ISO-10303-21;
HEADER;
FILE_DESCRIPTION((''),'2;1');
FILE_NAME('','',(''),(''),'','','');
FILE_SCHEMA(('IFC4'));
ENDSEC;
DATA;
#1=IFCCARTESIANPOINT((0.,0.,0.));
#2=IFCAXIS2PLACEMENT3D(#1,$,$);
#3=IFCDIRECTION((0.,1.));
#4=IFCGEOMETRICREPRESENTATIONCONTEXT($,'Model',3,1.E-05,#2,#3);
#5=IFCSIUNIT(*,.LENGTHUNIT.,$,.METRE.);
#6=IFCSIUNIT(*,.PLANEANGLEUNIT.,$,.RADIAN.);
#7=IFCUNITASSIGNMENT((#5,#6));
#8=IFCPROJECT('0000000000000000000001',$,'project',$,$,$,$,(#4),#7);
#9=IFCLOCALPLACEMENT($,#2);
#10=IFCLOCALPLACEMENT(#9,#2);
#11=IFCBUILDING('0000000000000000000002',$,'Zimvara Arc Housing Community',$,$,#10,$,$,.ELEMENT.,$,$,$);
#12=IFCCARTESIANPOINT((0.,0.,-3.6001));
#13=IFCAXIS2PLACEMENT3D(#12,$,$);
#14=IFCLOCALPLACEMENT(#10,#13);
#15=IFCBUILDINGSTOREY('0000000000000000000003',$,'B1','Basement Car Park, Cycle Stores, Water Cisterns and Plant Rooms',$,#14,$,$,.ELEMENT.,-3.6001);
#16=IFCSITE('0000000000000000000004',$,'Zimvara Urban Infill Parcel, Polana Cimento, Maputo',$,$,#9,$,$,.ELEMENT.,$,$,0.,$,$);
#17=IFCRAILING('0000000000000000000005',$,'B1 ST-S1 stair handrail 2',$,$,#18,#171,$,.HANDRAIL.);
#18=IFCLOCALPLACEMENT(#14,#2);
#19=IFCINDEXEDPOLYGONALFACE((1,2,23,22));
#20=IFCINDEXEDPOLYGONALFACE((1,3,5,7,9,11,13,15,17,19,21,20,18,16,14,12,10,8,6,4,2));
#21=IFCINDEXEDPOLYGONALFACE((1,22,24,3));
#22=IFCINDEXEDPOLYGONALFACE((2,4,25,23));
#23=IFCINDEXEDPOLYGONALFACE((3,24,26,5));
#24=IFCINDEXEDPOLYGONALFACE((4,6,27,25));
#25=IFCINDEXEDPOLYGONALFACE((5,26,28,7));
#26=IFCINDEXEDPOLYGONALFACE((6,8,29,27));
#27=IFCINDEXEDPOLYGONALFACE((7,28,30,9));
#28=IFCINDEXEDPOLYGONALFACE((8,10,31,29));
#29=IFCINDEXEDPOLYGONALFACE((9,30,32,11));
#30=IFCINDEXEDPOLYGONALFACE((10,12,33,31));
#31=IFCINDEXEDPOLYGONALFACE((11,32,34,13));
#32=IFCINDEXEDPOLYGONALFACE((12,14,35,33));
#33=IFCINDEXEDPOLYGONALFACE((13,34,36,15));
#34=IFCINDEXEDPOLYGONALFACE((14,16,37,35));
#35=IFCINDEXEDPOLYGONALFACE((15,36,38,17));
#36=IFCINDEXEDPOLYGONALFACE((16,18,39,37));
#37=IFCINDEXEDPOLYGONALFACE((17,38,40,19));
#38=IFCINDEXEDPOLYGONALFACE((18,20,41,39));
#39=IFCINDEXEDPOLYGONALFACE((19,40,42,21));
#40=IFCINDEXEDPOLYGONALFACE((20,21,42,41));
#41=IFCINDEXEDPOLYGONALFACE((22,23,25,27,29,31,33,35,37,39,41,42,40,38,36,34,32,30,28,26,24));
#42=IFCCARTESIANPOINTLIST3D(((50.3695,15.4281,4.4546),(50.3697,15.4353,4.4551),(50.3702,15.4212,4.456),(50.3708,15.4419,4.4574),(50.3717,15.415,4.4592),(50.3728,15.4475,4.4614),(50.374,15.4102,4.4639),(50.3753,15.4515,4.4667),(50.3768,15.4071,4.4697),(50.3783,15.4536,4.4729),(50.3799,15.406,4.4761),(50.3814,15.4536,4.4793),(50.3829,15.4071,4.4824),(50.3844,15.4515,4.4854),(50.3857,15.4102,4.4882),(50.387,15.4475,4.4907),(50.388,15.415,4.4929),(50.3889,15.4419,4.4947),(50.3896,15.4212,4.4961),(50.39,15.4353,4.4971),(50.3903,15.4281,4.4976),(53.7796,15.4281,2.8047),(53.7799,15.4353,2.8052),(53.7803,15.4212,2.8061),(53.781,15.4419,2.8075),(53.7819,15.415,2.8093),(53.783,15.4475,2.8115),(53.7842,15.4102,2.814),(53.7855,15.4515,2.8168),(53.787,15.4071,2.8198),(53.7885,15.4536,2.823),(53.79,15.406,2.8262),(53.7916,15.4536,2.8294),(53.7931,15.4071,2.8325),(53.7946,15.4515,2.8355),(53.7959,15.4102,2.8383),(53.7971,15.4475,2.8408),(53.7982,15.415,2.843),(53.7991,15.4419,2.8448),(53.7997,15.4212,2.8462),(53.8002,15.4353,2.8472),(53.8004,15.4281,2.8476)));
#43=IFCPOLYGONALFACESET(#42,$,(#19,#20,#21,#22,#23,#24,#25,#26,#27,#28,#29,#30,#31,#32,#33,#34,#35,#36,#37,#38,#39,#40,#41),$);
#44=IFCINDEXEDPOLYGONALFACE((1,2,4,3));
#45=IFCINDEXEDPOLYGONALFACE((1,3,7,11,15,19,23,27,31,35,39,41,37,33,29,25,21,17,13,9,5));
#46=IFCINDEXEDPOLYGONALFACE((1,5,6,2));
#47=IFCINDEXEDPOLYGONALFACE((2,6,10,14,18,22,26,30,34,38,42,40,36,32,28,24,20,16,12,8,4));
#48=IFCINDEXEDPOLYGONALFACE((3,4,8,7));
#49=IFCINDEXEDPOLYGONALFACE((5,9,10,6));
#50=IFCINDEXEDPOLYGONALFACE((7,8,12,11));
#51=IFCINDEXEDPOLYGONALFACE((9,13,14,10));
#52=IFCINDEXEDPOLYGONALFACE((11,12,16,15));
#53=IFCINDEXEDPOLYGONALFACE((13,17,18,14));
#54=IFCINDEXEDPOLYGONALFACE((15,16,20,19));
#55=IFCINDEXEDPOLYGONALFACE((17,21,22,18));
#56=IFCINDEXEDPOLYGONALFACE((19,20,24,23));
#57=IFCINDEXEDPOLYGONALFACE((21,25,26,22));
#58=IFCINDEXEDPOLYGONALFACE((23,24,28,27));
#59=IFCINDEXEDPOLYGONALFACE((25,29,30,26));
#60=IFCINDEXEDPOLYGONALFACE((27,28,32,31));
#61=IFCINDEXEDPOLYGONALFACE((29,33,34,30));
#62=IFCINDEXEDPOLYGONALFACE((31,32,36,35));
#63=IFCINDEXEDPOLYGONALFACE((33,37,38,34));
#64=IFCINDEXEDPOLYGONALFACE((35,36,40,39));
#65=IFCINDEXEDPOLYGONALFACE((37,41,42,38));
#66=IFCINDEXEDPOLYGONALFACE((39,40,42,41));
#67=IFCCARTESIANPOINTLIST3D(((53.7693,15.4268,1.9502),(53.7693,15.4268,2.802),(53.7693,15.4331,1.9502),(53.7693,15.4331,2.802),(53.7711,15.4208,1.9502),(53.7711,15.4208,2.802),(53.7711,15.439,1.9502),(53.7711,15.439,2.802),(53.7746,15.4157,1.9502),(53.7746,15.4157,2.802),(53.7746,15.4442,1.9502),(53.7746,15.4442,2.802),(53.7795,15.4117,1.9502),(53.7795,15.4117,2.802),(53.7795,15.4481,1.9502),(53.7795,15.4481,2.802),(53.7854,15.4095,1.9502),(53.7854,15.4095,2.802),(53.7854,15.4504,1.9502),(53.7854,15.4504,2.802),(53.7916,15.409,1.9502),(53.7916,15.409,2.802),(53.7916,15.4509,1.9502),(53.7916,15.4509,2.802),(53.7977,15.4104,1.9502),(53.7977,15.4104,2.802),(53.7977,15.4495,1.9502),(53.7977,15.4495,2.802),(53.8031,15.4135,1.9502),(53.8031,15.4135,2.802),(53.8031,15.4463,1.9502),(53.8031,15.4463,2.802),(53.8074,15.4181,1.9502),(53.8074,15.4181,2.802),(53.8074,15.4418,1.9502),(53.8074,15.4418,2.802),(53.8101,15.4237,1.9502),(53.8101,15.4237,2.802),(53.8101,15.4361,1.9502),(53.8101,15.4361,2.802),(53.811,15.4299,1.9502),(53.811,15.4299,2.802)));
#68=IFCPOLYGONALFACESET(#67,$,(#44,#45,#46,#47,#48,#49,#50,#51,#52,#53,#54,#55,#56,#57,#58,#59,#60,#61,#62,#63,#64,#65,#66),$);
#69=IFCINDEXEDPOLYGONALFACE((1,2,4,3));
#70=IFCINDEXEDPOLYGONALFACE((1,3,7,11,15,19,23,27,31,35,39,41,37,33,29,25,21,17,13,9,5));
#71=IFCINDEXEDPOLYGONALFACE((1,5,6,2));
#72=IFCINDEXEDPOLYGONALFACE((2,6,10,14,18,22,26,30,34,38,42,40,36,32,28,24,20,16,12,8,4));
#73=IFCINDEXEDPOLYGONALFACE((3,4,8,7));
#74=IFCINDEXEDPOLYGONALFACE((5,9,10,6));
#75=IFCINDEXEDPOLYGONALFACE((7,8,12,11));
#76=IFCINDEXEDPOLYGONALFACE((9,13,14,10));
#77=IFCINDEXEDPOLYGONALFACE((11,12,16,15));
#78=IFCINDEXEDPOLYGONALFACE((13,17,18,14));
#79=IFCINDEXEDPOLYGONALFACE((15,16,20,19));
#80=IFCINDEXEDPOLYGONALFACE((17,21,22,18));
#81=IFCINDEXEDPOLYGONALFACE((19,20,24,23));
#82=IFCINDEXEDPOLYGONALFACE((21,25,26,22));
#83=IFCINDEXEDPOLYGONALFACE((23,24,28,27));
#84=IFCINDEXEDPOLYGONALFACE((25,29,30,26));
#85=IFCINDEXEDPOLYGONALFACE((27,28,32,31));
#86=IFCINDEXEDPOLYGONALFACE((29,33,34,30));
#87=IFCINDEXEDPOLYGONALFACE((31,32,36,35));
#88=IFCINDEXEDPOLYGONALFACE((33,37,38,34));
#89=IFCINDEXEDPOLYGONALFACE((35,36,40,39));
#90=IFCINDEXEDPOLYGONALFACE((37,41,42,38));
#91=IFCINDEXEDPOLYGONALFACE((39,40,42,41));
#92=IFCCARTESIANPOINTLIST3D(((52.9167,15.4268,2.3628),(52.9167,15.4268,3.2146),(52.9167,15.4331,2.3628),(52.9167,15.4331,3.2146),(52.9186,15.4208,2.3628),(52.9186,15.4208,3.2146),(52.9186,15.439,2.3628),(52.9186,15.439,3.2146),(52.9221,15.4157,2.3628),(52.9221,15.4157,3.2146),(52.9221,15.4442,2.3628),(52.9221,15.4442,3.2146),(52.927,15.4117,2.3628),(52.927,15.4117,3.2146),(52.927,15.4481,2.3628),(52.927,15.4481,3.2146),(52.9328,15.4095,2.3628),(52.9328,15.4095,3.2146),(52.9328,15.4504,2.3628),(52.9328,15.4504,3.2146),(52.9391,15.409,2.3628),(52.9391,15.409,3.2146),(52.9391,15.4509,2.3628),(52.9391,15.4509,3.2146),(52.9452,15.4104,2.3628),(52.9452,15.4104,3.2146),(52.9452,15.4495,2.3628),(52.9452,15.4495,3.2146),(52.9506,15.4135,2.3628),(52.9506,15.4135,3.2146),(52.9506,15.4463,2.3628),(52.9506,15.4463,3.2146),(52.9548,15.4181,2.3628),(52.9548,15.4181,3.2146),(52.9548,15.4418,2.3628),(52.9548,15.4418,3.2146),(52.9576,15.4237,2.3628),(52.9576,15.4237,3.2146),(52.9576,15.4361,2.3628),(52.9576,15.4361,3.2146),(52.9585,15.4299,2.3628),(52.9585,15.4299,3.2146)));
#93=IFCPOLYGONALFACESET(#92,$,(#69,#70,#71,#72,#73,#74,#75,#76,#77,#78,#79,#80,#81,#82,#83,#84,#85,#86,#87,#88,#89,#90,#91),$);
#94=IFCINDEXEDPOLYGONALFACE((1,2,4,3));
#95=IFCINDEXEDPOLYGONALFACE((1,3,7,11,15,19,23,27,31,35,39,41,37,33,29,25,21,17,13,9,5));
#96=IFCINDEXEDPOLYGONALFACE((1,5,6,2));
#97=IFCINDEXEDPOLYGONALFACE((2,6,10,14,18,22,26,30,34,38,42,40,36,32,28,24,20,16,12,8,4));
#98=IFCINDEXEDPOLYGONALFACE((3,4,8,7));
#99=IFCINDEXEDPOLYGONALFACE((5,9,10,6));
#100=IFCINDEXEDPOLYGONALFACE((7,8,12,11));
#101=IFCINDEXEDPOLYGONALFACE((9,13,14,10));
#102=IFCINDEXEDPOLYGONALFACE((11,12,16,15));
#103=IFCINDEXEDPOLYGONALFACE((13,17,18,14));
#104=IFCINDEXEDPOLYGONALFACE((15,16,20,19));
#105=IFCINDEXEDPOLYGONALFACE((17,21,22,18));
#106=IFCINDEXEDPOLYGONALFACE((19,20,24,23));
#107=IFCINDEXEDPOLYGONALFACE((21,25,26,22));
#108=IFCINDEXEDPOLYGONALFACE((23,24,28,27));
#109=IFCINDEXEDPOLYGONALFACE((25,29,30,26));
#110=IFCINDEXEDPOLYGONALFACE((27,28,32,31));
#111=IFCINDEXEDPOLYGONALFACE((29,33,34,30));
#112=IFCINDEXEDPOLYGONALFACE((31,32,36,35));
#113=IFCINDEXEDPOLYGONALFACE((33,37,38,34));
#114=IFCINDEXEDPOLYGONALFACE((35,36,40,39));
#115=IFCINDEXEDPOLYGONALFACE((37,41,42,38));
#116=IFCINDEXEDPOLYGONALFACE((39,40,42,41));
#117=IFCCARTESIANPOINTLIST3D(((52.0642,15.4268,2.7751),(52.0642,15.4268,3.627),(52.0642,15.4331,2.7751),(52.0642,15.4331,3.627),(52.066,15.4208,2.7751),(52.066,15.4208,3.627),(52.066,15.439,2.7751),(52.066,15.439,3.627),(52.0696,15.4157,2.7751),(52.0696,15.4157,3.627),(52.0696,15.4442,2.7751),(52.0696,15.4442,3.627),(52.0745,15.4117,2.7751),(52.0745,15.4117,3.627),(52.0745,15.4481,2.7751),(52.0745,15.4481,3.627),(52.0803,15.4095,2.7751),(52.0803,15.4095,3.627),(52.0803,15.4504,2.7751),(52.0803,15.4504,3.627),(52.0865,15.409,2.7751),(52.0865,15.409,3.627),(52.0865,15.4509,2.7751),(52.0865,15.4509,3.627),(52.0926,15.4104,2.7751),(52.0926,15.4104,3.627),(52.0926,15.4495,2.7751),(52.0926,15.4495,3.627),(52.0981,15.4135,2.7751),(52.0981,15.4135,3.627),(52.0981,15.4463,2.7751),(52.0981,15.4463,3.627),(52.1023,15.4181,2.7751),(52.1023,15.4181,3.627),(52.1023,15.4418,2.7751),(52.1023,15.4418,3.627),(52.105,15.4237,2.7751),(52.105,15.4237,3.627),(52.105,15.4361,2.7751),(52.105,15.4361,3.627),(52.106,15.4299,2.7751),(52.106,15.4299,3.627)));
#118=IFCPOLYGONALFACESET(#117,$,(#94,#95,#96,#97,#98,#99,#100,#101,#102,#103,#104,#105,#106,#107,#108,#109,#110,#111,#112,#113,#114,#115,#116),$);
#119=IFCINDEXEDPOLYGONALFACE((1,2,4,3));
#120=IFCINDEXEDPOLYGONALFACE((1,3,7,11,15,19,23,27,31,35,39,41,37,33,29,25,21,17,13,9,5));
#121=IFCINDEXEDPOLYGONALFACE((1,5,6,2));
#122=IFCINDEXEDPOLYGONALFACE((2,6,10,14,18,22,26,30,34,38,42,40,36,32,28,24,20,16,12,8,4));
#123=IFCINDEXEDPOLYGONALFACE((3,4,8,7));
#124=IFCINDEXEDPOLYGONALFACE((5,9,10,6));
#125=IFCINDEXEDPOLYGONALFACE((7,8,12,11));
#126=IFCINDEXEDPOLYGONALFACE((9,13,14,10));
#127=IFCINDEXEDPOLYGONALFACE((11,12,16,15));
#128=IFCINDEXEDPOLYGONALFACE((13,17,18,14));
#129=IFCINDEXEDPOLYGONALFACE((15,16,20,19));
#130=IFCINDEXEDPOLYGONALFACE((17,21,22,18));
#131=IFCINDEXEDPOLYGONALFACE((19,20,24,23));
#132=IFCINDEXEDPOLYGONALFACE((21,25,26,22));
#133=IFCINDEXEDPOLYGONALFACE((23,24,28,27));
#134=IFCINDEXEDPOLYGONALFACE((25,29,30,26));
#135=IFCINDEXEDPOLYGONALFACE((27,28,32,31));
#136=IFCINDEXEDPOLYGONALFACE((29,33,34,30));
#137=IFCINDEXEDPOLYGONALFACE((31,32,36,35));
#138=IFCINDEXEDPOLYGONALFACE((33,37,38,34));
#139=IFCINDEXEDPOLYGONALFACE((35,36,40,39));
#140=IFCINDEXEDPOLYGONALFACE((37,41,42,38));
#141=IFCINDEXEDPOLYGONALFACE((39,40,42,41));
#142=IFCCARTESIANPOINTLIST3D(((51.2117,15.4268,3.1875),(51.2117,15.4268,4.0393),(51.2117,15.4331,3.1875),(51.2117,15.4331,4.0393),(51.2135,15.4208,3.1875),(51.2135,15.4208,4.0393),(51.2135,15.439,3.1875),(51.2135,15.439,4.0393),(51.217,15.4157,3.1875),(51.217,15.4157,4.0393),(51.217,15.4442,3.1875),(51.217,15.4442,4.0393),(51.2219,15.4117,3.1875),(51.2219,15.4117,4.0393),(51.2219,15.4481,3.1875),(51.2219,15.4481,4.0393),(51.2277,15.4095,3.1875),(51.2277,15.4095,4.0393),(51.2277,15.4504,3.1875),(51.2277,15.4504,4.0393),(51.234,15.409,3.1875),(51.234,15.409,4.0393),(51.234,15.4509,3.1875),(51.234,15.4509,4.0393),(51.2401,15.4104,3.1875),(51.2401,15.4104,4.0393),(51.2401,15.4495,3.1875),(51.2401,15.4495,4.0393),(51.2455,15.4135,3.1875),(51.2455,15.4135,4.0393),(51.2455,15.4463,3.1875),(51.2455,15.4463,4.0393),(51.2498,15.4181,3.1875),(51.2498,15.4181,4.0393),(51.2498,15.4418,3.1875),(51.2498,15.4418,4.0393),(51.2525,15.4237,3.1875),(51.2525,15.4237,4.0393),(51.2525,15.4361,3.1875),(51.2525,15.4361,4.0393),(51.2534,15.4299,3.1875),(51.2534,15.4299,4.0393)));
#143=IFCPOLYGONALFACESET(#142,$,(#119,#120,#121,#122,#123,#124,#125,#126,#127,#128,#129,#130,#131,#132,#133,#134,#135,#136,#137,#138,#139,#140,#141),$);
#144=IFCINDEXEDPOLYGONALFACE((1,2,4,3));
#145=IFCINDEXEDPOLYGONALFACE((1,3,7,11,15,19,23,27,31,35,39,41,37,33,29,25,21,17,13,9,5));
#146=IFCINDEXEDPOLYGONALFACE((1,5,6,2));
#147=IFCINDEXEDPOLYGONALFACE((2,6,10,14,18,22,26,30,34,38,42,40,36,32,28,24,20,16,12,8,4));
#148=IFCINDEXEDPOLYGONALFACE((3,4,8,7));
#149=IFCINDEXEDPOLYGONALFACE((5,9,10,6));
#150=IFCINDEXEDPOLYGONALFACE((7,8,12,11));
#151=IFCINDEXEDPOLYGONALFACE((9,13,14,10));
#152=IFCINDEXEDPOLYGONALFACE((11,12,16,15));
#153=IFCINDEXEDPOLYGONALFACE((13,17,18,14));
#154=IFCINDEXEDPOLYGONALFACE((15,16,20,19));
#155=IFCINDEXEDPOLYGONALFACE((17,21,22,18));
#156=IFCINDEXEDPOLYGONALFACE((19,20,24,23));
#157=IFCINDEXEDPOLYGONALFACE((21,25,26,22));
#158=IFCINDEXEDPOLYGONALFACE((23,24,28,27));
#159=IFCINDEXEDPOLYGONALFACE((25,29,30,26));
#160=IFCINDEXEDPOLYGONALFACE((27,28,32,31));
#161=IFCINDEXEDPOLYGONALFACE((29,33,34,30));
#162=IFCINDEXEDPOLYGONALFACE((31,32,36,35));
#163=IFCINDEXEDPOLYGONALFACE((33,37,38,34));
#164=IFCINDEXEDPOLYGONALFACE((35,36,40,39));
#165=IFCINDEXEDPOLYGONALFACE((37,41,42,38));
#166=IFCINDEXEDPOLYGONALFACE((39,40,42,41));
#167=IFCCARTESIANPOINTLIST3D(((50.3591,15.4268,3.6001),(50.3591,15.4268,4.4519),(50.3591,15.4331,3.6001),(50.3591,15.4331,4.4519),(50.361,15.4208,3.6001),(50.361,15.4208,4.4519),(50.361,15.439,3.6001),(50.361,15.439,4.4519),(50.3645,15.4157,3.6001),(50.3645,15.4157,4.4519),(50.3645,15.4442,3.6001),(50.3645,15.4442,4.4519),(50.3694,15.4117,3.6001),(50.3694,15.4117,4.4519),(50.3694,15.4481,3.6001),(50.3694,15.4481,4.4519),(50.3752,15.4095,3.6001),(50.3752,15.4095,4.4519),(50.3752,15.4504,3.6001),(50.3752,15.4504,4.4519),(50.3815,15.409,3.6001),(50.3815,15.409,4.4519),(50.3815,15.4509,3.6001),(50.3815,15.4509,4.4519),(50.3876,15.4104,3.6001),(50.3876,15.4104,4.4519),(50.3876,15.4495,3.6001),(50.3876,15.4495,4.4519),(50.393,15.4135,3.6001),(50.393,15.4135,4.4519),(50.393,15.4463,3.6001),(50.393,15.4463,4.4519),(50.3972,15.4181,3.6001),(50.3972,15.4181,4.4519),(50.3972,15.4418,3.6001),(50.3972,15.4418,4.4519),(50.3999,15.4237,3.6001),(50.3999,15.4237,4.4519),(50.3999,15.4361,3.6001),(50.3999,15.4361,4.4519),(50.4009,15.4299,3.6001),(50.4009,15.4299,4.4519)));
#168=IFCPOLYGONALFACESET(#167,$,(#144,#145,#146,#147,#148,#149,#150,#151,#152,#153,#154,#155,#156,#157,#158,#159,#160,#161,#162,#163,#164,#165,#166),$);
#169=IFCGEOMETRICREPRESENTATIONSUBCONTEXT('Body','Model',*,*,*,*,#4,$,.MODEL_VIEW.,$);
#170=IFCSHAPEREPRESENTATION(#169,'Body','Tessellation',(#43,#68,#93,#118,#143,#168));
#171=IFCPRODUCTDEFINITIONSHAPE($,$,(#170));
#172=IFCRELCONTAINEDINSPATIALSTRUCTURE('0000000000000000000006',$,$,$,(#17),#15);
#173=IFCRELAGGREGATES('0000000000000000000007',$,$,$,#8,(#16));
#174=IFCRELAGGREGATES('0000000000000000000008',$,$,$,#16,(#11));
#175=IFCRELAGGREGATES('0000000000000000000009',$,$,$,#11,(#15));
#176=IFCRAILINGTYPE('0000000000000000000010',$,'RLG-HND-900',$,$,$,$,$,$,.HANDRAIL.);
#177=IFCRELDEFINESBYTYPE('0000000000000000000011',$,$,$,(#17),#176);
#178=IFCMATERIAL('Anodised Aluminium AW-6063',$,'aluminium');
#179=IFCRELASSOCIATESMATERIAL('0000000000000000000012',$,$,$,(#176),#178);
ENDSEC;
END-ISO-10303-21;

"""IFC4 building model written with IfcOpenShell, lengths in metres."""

from ifc_helpers import new_model, si_unit, direction, frame, origin, origin_2d, place, context, subcontext, project, spatial, circle, extrude, material, type_object, element, save


model = new_model("IFC4")

# Units and contexts
model_context = context("Model", 3, precision=1e-05, world=origin(), true_north=direction((0.0, 1.0)))
body_context = subcontext(model_context, "Body", "Model", "MODEL_VIEW")
ifc_project = project(units=[si_unit("LENGTHUNIT", "METRE"), si_unit("PLANEANGLEUNIT", "RADIAN")], contexts=[model_context])

# Site, building, storey
site_placement = place(None, origin())
site = spatial("IfcSite", under=ifc_project, at=site_placement, Name="Zimvara Urban Infill Parcel, Polana Cimento, Maputo", CompositionType="ELEMENT", RefElevation=0.0)
building_placement = place(site_placement, origin())
building = spatial("IfcBuilding", under=site, at=building_placement, Name="Zimvara Arc Housing Community", CompositionType="ELEMENT")
storey_placement = place(building_placement, frame((0.0, 0.0, -3.6001)))
storey = spatial("IfcBuildingStorey", under=building, at=storey_placement, Name="B1", Description="Basement Car Park, Cycle Stores, Water Cisterns and Plant Rooms", CompositionType="ELEMENT", Elevation=-3.6001)

# Railing
ifc_material_1 = material(Name="Anodised Aluminium AW-6063", Category="aluminium")
railing_type_1 = type_object("IfcRailingType", Name="RLG-HND-900", PredefinedType="HANDRAIL", material=ifc_material_1)
railing_1_placement = place(storey_placement, frame((53.79, 15.4299, 1.9502)))
element("IfcRailing", 1, at=railing_1_placement, inside=storey, type_object=railing_type_1, Name="B1 ST-S1 stair handrail 2", PredefinedType="HANDRAIL", context=body_context, shape_type="SweptSolid", body=[
    extrude(circle(Radius=0.0239, at=origin_2d()), frame((0.0, 0.0, 0.876), z_axis=(-0.900177, 0.0, 0.435524), x_axis=(0.0, -1.0, 0.0)), (0.0, 0.0, 1.0), 3.7883),
    extrude(circle(Radius=0.021, at=origin_2d()), origin(), (0.0, 0.0, 1.0), 0.8518),
    extrude(circle(Radius=0.021, at=origin_2d()), frame((-0.8525, 0.0, 0.4126)), (0.0, 0.0, 1.0), 0.8518),
    extrude(circle(Radius=0.021, at=origin_2d()), frame((-1.7051, 0.0, 0.825)), (0.0, 0.0, 1.0), 0.8518),
    extrude(circle(Radius=0.021, at=origin_2d()), frame((-2.5576, 0.0, 1.2373)), (0.0, 0.0, 1.0), 0.8518),
    extrude(circle(Radius=0.021, at=origin_2d()), frame((-3.4102, 0.0, 1.6499)), (0.0, 0.0, 1.0), 0.8518),
])

save(model, "model.ifc")
